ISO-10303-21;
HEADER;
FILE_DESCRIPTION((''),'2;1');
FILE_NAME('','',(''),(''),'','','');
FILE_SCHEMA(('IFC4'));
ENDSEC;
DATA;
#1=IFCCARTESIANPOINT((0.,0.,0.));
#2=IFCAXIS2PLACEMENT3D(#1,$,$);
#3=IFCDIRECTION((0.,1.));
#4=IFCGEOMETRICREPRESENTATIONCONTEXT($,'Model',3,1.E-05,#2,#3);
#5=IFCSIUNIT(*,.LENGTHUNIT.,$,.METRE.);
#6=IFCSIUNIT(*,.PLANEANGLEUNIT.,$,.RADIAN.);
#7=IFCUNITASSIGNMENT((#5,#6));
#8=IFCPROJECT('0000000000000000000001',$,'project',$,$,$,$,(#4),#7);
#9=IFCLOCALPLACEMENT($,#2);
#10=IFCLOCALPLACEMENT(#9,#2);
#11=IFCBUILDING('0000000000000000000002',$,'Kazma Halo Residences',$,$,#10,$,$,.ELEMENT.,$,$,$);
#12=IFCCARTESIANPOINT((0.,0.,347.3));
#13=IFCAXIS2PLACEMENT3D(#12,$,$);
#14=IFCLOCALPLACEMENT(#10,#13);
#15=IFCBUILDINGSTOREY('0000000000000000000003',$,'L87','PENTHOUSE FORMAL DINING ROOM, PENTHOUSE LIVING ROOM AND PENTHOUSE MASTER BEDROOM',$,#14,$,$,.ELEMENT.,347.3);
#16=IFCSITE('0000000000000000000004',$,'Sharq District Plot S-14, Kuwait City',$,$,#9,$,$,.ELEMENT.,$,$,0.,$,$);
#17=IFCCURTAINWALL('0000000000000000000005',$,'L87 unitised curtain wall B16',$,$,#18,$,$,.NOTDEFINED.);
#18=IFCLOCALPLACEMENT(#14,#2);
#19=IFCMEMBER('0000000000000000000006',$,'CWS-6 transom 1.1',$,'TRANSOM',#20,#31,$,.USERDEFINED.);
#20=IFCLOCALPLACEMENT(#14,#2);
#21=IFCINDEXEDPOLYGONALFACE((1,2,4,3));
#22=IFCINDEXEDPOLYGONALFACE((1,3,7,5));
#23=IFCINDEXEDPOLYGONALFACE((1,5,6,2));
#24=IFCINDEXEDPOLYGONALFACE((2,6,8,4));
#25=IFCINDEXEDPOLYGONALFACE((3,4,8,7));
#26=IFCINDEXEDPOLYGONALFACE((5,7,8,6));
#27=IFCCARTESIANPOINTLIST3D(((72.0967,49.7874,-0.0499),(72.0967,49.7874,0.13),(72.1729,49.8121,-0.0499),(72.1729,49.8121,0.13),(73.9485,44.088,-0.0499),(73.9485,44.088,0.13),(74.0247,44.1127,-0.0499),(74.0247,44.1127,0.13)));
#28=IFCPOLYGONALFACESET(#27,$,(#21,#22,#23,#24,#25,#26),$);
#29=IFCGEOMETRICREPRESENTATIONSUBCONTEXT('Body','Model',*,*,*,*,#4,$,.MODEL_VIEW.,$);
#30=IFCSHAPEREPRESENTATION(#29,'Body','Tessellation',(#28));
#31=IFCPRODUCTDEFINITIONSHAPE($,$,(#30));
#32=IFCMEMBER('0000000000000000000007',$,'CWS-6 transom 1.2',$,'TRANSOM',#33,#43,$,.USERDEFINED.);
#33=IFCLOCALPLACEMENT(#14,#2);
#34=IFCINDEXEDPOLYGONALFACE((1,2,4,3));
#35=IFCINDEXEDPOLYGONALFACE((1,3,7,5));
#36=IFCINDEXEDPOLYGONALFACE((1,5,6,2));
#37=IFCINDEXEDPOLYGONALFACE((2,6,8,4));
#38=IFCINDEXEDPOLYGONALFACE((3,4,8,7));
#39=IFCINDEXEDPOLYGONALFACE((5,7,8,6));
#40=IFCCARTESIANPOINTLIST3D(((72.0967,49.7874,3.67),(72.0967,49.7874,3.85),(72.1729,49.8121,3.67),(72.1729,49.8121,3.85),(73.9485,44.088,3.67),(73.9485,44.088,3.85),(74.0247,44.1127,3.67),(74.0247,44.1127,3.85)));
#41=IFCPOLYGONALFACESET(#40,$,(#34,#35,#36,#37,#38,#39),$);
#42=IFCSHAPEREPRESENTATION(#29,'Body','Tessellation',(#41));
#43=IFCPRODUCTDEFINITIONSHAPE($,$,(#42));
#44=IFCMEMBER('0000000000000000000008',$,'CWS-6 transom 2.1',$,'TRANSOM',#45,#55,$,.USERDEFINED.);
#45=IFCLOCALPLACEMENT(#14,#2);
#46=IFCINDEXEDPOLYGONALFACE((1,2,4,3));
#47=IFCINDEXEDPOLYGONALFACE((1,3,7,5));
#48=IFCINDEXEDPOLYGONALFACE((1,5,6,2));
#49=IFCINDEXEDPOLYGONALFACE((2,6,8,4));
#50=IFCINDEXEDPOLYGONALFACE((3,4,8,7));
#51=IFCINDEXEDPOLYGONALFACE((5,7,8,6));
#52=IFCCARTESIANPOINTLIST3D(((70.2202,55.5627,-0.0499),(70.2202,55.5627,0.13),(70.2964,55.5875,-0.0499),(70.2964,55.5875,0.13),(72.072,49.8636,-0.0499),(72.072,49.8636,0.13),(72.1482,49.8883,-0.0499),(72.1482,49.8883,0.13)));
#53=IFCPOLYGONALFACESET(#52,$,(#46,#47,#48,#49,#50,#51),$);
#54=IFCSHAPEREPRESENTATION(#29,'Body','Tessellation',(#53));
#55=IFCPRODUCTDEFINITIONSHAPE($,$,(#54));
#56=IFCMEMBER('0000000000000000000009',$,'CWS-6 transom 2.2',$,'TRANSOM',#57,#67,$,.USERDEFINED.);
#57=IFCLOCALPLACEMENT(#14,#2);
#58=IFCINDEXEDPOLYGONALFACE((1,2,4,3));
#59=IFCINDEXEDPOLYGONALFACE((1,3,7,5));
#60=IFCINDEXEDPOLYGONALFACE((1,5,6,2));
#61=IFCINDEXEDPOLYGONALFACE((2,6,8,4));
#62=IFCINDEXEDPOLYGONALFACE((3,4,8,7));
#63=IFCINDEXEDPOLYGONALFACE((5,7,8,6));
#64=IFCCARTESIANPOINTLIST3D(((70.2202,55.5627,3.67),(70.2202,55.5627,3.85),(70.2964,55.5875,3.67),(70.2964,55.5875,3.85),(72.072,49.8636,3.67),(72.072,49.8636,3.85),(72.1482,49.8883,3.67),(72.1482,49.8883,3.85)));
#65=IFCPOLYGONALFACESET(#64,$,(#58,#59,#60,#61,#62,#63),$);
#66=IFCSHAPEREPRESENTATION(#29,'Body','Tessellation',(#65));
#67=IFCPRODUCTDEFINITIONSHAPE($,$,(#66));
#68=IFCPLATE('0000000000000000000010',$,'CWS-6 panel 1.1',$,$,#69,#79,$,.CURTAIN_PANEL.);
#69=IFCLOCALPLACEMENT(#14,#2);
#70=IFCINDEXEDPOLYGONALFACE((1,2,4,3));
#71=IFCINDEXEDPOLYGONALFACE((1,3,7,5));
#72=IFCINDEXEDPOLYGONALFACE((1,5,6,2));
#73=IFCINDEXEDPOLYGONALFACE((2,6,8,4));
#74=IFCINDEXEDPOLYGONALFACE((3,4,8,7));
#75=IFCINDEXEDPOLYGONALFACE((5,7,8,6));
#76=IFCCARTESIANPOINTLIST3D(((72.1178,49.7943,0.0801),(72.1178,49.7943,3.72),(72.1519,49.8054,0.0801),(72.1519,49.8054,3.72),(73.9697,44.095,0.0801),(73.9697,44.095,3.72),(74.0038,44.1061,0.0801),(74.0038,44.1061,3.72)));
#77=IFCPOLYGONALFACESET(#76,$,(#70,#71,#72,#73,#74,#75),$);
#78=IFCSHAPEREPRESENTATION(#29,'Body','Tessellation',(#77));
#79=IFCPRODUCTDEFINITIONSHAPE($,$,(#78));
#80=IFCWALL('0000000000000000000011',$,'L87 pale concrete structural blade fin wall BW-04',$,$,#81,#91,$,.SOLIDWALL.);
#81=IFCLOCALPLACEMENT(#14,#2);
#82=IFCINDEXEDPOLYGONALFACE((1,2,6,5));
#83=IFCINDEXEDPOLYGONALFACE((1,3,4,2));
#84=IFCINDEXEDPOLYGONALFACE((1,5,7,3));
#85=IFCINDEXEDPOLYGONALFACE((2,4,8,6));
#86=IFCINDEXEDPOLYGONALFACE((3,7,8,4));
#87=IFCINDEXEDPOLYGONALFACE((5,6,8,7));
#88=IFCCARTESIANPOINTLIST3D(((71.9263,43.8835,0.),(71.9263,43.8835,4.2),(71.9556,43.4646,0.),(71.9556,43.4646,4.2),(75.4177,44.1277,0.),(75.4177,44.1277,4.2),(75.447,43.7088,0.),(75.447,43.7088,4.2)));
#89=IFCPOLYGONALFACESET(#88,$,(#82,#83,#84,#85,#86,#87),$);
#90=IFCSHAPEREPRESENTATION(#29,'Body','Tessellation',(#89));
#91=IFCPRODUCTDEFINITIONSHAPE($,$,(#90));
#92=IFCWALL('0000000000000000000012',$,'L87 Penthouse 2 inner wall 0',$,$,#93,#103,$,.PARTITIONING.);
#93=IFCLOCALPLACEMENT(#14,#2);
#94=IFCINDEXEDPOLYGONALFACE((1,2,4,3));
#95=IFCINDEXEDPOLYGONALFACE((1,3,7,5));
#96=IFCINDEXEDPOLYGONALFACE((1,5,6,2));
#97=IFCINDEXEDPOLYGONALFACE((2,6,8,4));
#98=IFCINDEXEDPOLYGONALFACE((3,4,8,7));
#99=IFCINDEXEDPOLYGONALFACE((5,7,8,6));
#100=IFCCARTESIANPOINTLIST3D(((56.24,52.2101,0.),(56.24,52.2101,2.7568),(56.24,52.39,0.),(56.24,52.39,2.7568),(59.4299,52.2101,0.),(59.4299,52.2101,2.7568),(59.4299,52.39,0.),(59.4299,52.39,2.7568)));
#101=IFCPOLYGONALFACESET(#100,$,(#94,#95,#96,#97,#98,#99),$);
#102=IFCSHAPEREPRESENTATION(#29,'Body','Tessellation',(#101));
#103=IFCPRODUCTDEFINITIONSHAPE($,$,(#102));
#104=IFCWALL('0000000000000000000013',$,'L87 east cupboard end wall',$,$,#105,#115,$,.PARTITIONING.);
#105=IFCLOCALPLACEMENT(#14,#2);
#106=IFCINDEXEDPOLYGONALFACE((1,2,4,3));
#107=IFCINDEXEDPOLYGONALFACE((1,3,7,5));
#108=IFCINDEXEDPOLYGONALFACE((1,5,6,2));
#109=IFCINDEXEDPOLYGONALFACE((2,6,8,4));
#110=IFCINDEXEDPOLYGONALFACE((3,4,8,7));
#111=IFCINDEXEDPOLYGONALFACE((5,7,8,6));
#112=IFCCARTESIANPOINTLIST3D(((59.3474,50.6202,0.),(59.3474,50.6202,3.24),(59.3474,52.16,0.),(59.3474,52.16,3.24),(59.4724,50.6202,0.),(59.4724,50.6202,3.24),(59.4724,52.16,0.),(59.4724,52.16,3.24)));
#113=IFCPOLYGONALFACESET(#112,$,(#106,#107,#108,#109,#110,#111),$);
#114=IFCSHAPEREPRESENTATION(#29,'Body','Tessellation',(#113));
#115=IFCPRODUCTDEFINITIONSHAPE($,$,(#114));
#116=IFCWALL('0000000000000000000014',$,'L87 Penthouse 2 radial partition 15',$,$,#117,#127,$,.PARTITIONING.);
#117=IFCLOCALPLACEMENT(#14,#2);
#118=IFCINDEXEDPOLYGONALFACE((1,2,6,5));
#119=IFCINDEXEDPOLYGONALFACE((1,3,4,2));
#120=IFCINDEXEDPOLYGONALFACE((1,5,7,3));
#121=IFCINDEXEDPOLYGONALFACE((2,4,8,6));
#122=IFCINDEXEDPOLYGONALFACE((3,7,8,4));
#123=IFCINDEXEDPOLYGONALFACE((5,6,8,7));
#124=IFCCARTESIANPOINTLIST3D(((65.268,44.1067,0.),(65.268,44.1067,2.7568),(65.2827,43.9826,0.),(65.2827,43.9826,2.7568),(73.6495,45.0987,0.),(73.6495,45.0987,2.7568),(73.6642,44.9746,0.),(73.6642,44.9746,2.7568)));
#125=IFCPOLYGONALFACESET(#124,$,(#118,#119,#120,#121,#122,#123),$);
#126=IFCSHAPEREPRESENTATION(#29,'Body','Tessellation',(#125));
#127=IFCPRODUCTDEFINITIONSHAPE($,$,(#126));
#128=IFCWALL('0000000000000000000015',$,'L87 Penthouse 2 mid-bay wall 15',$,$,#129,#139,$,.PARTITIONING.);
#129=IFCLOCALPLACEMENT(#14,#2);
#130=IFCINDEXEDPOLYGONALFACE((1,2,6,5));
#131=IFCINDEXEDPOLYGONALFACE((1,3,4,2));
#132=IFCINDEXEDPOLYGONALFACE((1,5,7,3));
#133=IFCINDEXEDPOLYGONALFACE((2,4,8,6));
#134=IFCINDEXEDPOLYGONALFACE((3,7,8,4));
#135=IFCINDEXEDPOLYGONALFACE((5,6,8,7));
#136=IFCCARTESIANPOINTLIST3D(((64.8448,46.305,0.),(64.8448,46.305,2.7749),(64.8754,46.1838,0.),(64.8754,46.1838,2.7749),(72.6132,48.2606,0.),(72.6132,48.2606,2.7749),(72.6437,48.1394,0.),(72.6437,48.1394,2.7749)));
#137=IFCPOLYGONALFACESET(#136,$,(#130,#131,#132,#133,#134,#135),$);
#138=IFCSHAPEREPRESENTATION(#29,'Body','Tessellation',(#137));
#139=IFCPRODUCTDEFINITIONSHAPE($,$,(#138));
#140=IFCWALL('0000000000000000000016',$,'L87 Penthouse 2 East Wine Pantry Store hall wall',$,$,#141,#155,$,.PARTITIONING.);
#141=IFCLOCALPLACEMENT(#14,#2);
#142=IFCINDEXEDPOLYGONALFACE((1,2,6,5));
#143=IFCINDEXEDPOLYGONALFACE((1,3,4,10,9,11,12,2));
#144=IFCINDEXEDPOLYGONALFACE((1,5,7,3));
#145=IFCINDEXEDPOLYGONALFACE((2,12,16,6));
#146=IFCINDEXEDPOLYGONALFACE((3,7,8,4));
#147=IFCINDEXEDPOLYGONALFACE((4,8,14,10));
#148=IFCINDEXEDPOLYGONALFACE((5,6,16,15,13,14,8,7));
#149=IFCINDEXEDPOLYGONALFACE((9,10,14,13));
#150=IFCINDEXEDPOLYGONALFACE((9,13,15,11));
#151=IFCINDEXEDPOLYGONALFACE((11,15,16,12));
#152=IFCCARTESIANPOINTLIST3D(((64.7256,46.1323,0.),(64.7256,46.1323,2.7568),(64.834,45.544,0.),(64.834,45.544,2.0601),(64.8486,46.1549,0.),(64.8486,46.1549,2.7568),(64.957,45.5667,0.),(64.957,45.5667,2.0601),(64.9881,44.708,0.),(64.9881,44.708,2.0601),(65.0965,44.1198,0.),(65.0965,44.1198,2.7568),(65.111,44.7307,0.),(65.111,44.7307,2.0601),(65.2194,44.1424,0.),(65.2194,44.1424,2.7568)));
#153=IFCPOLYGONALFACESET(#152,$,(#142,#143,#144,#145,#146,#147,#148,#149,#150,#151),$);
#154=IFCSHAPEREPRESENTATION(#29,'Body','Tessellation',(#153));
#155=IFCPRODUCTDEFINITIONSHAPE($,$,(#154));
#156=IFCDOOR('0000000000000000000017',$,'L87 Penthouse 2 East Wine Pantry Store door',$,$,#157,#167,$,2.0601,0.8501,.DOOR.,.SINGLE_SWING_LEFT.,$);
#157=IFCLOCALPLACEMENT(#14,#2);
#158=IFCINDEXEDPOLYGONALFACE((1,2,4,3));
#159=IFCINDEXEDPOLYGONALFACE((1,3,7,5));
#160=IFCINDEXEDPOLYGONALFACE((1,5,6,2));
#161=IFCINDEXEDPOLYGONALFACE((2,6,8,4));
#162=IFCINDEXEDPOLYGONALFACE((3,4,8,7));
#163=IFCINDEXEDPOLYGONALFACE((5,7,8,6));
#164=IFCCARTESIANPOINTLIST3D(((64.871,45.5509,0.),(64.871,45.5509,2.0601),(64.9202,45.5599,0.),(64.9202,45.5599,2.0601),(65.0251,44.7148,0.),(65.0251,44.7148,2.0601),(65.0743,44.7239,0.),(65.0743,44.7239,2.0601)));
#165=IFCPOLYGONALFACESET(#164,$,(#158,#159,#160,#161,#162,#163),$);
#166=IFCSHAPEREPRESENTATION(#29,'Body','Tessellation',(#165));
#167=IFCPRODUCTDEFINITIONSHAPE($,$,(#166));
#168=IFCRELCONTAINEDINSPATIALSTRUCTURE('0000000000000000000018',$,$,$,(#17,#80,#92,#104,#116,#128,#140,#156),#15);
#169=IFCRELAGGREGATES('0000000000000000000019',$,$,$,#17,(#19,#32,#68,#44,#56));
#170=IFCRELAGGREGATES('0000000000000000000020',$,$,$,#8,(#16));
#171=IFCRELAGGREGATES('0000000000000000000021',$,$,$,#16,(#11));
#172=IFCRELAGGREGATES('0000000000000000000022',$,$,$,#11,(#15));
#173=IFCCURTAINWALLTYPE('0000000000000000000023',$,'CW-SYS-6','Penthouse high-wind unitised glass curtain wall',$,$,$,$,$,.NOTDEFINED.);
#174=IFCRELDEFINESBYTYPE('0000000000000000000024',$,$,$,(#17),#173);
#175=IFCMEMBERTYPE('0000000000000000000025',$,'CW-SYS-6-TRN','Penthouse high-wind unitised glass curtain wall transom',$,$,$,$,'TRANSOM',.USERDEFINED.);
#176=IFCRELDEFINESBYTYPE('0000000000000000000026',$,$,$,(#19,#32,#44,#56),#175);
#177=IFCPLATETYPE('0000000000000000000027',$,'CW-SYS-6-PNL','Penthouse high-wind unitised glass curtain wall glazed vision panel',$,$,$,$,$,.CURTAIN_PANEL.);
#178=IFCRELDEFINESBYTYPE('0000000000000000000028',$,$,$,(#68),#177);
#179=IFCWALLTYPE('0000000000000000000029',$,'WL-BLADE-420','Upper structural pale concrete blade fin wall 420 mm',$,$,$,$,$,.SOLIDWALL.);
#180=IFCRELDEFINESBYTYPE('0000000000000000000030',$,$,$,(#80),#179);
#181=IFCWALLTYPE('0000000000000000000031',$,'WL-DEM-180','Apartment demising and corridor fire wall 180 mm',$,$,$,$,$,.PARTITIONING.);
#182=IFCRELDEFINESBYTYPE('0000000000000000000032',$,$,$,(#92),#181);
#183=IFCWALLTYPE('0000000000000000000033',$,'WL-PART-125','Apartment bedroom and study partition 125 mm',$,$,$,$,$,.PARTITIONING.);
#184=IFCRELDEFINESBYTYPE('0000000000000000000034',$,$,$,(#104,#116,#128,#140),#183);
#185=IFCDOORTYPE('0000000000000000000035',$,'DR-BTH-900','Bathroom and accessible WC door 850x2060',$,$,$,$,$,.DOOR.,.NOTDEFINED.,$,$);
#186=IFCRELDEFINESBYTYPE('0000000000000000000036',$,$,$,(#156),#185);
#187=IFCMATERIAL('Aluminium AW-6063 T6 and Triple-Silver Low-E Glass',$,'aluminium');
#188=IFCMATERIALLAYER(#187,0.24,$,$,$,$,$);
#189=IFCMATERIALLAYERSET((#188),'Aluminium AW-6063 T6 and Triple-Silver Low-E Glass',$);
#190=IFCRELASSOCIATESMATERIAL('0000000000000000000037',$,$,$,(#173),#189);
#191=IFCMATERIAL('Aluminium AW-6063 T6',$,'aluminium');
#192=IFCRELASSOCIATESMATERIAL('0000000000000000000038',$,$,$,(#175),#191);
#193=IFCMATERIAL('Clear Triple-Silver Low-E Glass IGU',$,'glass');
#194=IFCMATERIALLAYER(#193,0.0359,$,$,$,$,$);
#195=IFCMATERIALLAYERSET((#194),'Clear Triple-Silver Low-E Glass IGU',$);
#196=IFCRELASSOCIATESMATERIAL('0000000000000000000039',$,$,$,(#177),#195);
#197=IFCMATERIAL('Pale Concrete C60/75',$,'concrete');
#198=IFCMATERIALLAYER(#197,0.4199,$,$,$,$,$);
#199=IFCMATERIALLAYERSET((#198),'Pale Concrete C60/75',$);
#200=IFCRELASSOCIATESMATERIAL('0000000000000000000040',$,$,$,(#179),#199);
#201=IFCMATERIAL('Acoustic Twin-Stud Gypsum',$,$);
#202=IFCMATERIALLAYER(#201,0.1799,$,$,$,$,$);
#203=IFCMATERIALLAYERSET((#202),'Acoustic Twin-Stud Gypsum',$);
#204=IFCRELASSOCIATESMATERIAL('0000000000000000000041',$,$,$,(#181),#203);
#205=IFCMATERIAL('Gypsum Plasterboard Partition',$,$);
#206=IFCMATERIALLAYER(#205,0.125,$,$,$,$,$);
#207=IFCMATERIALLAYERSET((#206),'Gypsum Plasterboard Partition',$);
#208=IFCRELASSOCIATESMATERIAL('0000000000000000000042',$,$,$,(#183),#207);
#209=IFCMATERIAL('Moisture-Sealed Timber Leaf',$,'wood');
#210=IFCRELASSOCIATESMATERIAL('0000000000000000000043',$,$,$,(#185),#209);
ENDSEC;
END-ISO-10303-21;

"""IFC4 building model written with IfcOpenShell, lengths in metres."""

from ifc_helpers import new_model, si_unit, direction, frame, frame_2d, origin, origin_2d, place, context, subcontext, project, spatial, rectangle, extrude, material, layer, layer_set, material_profile, profile_set, type_object, element, fill, aggregate, save


model = new_model("IFC4")

# Units and contexts
model_context = context("Model", 3, precision=1e-05, world=origin(), true_north=direction((0.0, 1.0)))
body_context = subcontext(model_context, "Body", "Model", "MODEL_VIEW")
ifc_project = project(units=[si_unit("LENGTHUNIT", "METRE"), si_unit("PLANEANGLEUNIT", "RADIAN")], contexts=[model_context])

# Site, building, storey
site_placement = place(None, origin())
site = spatial("IfcSite", under=ifc_project, at=site_placement, Name="Sharq District Plot S-14, Kuwait City", CompositionType="ELEMENT", RefElevation=0.0)
building_placement = place(site_placement, origin())
building = spatial("IfcBuilding", under=site, at=building_placement, Name="Kazma Halo Residences", CompositionType="ELEMENT")
storey_placement = place(building_placement, frame((0.0, 0.0, 347.3)))
storey = spatial("IfcBuildingStorey", under=building, at=storey_placement, Name="L87", Description="PENTHOUSE FORMAL DINING ROOM, PENTHOUSE LIVING ROOM AND PENTHOUSE MASTER BEDROOM", CompositionType="ELEMENT", Elevation=347.3)

# Shared definitions
ifc_material_1 = material(Name="Aluminium AW-6063 T6 and Triple-Silver Low-E Glass", Category="aluminium")
ifc_layer_1 = layer(ifc_material_1, 0.24)
ifc_layer_set_1 = layer_set([ifc_layer_1], Name="Aluminium AW-6063 T6 and Triple-Silver Low-E Glass")
curtain_wall_type = type_object("IfcCurtainWallType", Name="CW-SYS-6", Description="Penthouse high-wind unitised glass curtain wall", PredefinedType="NOTDEFINED", material=ifc_layer_set_1)
ifc_material_2 = material(Name="Aluminium AW-6063 T6", Category="aluminium")

# Curtain wall, members, plate
curtain_wall_1_placement = place(storey_placement, origin())
curtain_wall_1 = element("IfcCurtainWall", 1, at=curtain_wall_1_placement, inside=storey, type_object=curtain_wall_type, Name="L87 unitised curtain wall B16", PredefinedType="NOTDEFINED")
ifc_material_profile_1 = material_profile(ifc_material_2, rectangle(XDim=0.0801, YDim=0.1799, at=origin_2d()), Name="CWT-80x180")
ifc_profile_set_1 = profile_set([ifc_material_profile_1], Name="Aluminium AW-6063 T6")
member_type_1 = type_object("IfcMemberType", Name="CW-SYS-6-TRN", Description="Penthouse high-wind unitised glass curtain wall transom", ElementType="TRANSOM", PredefinedType="USERDEFINED", material=ifc_profile_set_1)
member_1_placement = place(storey_placement, frame((73.9866, 44.1003, 0.04), z_axis=(-0.309008, 0.95106, 0.0), x_axis=(-0.95106, -0.309008, 0.0)))
member_1 = element("IfcMember", 2, at=member_1_placement, type_object=member_type_1, Name="CWS-6 transom 1.1", ObjectType="TRANSOM", PredefinedType="USERDEFINED", context=body_context, shape_type="SweptSolid", body=[
    extrude(rectangle(XDim=0.0801, YDim=0.1799, at=origin_2d()), origin(), (0.0, 0.0, 1.0), 5.9927),
])
member_2_placement = place(storey_placement, frame((73.9866, 44.1003, 3.76), z_axis=(-0.309008, 0.95106, 0.0), x_axis=(-0.95106, -0.309008, 0.0)))
member_2 = element("IfcMember", 3, at=member_2_placement, type_object=member_type_1, Name="CWS-6 transom 1.2", ObjectType="TRANSOM", PredefinedType="USERDEFINED", context=body_context, shape_type="SweptSolid", body=[
    extrude(rectangle(XDim=0.0801, YDim=0.1799, at=origin_2d()), origin(), (0.0, 0.0, 1.0), 5.9927),
])
member_3_placement = place(storey_placement, frame((72.1101, 49.876, 0.04), z_axis=(-0.30902, 0.951056, 0.0), x_axis=(-0.951056, -0.30902, 0.0)))
member_3 = element("IfcMember", 4, at=member_3_placement, type_object=member_type_1, Name="CWS-6 transom 2.1", ObjectType="TRANSOM", PredefinedType="USERDEFINED", context=body_context, shape_type="SweptSolid", body=[
    extrude(rectangle(XDim=0.0801, YDim=0.1799, at=origin_2d()), origin(), (0.0, 0.0, 1.0), 5.9924),
])
member_4_placement = place(storey_placement, frame((72.1101, 49.876, 3.76), z_axis=(-0.30902, 0.951056, 0.0), x_axis=(-0.951056, -0.30902, 0.0)))
member_4 = element("IfcMember", 5, at=member_4_placement, type_object=member_type_1, Name="CWS-6 transom 2.2", ObjectType="TRANSOM", PredefinedType="USERDEFINED", context=body_context, shape_type="SweptSolid", body=[
    extrude(rectangle(XDim=0.0801, YDim=0.1799, at=origin_2d()), origin(), (0.0, 0.0, 1.0), 5.9924),
])
ifc_material_3 = material(Name="Clear Triple-Silver Low-E Glass IGU", Category="glass")
ifc_layer_2 = layer(ifc_material_3, 0.0359)
ifc_layer_set_2 = layer_set([ifc_layer_2], Name="Clear Triple-Silver Low-E Glass IGU")
plate_type = type_object("IfcPlateType", Name="CW-SYS-6-PNL", Description="Penthouse high-wind unitised glass curtain wall glazed vision panel", PredefinedType="CURTAIN_PANEL", material=ifc_layer_set_2)
plate_placement = place(storey_placement, frame((73.0608, 46.9502, 0.0801), z_axis=(0.0, 0.0, 1.0), x_axis=(-0.309019, 0.951056, 0.0)))
plate = element("IfcPlate", 6, at=plate_placement, type_object=plate_type, Name="CWS-6 panel 1.1", PredefinedType="CURTAIN_PANEL", context=body_context, shape_type="SweptSolid", body=[
    extrude(rectangle(XDim=5.9927, YDim=0.0359, at=origin_2d()), origin(), (0.0, 0.0, 1.0), 3.6399),
])
aggregate(curtain_wall_1, [member_1, member_2, plate, member_3, member_4])

# Walls
ifc_material_4 = material(Name="Pale Concrete C60/75", Category="concrete")
ifc_layer_3 = layer(ifc_material_4, 0.4199)
ifc_layer_set_3 = layer_set([ifc_layer_3], Name="Pale Concrete C60/75")
wall_type_1 = type_object("IfcWallType", Name="WL-BLADE-420", Description="Upper structural pale concrete blade fin wall 420 mm", PredefinedType="SOLIDWALL", material=ifc_layer_set_3)
wall_1_placement = place(storey_placement, frame((71.9409, 43.6741, 0.0), z_axis=(0.0, 0.0, 1.0), x_axis=(0.997564, 0.069755, 0.0)))
element("IfcWall", 7, at=wall_1_placement, inside=storey, type_object=wall_type_1, Name="L87 pale concrete structural blade fin wall BW-04", PredefinedType="SOLIDWALL", context=body_context, shape_type="SweptSolid", body=[
    extrude(rectangle(XDim=3.5, YDim=0.4199, at=frame_2d((1.75, 0.0))), origin(), (0.0, 0.0, 1.0), 4.2),
])
ifc_material_5 = material(Name="Acoustic Twin-Stud Gypsum")
ifc_layer_4 = layer(ifc_material_5, 0.1799)
ifc_layer_set_4 = layer_set([ifc_layer_4], Name="Acoustic Twin-Stud Gypsum")
wall_type_2 = type_object("IfcWallType", Name="WL-DEM-180", Description="Apartment demising and corridor fire wall 180 mm", PredefinedType="PARTITIONING", material=ifc_layer_set_4)
wall_2_placement = place(storey_placement, frame((59.4299, 52.3, 0.0), z_axis=(0.0, 0.0, 1.0), x_axis=(-1.0, 0.0, 0.0)))
element("IfcWall", 8, at=wall_2_placement, inside=storey, type_object=wall_type_2, Name="L87 Penthouse 2 inner wall 0", PredefinedType="PARTITIONING", context=body_context, shape_type="SweptSolid", body=[
    extrude(rectangle(XDim=3.1899, YDim=0.1799, at=frame_2d((1.595, 0.0))), origin(), (0.0, 0.0, 1.0), 2.7568),
])
ifc_material_6 = material(Name="Gypsum Plasterboard Partition")
ifc_layer_5 = layer(ifc_material_6, 0.125)
ifc_layer_set_5 = layer_set([ifc_layer_5], Name="Gypsum Plasterboard Partition")
wall_type_3 = type_object("IfcWallType", Name="WL-PART-125", Description="Apartment bedroom and study partition 125 mm", PredefinedType="PARTITIONING", material=ifc_layer_set_5)
wall_3_placement = place(storey_placement, frame((59.4099, 50.6201, 0.0), z_axis=(0.0, 0.0, 1.0), x_axis=(0.0, 1.0, 0.0)))
element("IfcWall", 9, at=wall_3_placement, inside=storey, type_object=wall_type_3, Name="L87 east cupboard end wall", PredefinedType="PARTITIONING", context=body_context, shape_type="SweptSolid", body=[
    extrude(rectangle(XDim=1.5398, YDim=0.125, at=frame_2d((0.77, 0.0))), origin(), (0.0, 0.0, 1.0), 3.24),
])
wall_4_placement = place(storey_placement, frame((65.2754, 44.0447, 0.0), z_axis=(0.0, 0.0, 1.0), x_axis=(0.993069, 0.117531, 0.0)))
element("IfcWall", 10, at=wall_4_placement, inside=storey, type_object=wall_type_3, Name="L87 Penthouse 2 radial partition 15", PredefinedType="PARTITIONING", context=body_context, shape_type="SweptSolid", body=[
    extrude(rectangle(XDim=8.4399, YDim=0.125, at=frame_2d((4.22, 0.0))), origin(), (0.0, 0.0, 1.0), 2.7568),
])
wall_5_placement = place(storey_placement, frame((64.8601, 46.2444, 0.0), z_axis=(0.0, 0.0, 1.0), x_axis=(0.969745, 0.24412, 0.0)))
element("IfcWall", 11, at=wall_5_placement, inside=storey, type_object=wall_type_3, Name="L87 Penthouse 2 mid-bay wall 15", PredefinedType="PARTITIONING", context=body_context, shape_type="SweptSolid", body=[
    extrude(rectangle(XDim=8.0107, YDim=0.125, at=frame_2d((4.0054, 0.0))), origin(), (0.0, 0.0, 1.0), 2.7749),
])

# Wall, opening, door
wall_6_placement = place(storey_placement, frame((65.158, 44.1311, 0.0), z_axis=(0.0, 0.0, 1.0), x_axis=(-0.181226, 0.983441, 0.0)))
wall_6 = element("IfcWall", 12, at=wall_6_placement, inside=storey, type_object=wall_type_3, Name="L87 Penthouse 2 East Wine Pantry Store hall wall", PredefinedType="PARTITIONING", context=body_context, shape_type="SweptSolid", body=[
    extrude(rectangle(XDim=2.0464, YDim=0.125, at=frame_2d((1.0232, 0.0))), origin(), (0.0, 0.0, 1.0), 2.7568),
])
opening_1_placement = place(wall_6_placement, frame((0.5981, 0.0, 0.0)))
opening_1 = element("IfcOpeningElement", 13, at=opening_1_placement, cuts=wall_6, PredefinedType="OPENING", context=body_context, shape_type="SweptSolid", body=[
    extrude(rectangle(XDim=0.8501, YDim=2.0601, at=frame_2d((0.425, 1.03))), frame((0.0, 0.0725, 0.0), z_axis=(0.0, -1.0, 0.0), x_axis=(1.0, 0.0, 0.0)), (0.0, 0.0, 1.0), 0.145),
])
ifc_material_7 = material(Name="Moisture-Sealed Timber Leaf", Category="wood")
door_type_1 = type_object("IfcDoorType", Name="DR-BTH-900", Description="Bathroom and accessible WC door 850x2060", OperationType="NOTDEFINED", PredefinedType="DOOR", material=ifc_material_7)
door_1_placement = place(opening_1_placement, origin())
door_1 = element("IfcDoor", 14, at=door_1_placement, inside=storey, type_object=door_type_1, Name="L87 Penthouse 2 East Wine Pantry Store door", OperationType="SINGLE_SWING_LEFT", OverallHeight=2.0601, OverallWidth=0.8501, PredefinedType="DOOR", context=body_context, shape_type="SweptSolid", body=[
    extrude(rectangle(XDim=0.8501, YDim=2.0601, at=frame_2d((0.425, 1.03))), frame((0.0, 0.0249, 0.0), z_axis=(0.0, -1.0, 0.0), x_axis=(1.0, 0.0, 0.0)), (0.0, 0.0, 1.0), 0.05),
])
fill(opening_1, door_1)

save(model, "model.ifc")
